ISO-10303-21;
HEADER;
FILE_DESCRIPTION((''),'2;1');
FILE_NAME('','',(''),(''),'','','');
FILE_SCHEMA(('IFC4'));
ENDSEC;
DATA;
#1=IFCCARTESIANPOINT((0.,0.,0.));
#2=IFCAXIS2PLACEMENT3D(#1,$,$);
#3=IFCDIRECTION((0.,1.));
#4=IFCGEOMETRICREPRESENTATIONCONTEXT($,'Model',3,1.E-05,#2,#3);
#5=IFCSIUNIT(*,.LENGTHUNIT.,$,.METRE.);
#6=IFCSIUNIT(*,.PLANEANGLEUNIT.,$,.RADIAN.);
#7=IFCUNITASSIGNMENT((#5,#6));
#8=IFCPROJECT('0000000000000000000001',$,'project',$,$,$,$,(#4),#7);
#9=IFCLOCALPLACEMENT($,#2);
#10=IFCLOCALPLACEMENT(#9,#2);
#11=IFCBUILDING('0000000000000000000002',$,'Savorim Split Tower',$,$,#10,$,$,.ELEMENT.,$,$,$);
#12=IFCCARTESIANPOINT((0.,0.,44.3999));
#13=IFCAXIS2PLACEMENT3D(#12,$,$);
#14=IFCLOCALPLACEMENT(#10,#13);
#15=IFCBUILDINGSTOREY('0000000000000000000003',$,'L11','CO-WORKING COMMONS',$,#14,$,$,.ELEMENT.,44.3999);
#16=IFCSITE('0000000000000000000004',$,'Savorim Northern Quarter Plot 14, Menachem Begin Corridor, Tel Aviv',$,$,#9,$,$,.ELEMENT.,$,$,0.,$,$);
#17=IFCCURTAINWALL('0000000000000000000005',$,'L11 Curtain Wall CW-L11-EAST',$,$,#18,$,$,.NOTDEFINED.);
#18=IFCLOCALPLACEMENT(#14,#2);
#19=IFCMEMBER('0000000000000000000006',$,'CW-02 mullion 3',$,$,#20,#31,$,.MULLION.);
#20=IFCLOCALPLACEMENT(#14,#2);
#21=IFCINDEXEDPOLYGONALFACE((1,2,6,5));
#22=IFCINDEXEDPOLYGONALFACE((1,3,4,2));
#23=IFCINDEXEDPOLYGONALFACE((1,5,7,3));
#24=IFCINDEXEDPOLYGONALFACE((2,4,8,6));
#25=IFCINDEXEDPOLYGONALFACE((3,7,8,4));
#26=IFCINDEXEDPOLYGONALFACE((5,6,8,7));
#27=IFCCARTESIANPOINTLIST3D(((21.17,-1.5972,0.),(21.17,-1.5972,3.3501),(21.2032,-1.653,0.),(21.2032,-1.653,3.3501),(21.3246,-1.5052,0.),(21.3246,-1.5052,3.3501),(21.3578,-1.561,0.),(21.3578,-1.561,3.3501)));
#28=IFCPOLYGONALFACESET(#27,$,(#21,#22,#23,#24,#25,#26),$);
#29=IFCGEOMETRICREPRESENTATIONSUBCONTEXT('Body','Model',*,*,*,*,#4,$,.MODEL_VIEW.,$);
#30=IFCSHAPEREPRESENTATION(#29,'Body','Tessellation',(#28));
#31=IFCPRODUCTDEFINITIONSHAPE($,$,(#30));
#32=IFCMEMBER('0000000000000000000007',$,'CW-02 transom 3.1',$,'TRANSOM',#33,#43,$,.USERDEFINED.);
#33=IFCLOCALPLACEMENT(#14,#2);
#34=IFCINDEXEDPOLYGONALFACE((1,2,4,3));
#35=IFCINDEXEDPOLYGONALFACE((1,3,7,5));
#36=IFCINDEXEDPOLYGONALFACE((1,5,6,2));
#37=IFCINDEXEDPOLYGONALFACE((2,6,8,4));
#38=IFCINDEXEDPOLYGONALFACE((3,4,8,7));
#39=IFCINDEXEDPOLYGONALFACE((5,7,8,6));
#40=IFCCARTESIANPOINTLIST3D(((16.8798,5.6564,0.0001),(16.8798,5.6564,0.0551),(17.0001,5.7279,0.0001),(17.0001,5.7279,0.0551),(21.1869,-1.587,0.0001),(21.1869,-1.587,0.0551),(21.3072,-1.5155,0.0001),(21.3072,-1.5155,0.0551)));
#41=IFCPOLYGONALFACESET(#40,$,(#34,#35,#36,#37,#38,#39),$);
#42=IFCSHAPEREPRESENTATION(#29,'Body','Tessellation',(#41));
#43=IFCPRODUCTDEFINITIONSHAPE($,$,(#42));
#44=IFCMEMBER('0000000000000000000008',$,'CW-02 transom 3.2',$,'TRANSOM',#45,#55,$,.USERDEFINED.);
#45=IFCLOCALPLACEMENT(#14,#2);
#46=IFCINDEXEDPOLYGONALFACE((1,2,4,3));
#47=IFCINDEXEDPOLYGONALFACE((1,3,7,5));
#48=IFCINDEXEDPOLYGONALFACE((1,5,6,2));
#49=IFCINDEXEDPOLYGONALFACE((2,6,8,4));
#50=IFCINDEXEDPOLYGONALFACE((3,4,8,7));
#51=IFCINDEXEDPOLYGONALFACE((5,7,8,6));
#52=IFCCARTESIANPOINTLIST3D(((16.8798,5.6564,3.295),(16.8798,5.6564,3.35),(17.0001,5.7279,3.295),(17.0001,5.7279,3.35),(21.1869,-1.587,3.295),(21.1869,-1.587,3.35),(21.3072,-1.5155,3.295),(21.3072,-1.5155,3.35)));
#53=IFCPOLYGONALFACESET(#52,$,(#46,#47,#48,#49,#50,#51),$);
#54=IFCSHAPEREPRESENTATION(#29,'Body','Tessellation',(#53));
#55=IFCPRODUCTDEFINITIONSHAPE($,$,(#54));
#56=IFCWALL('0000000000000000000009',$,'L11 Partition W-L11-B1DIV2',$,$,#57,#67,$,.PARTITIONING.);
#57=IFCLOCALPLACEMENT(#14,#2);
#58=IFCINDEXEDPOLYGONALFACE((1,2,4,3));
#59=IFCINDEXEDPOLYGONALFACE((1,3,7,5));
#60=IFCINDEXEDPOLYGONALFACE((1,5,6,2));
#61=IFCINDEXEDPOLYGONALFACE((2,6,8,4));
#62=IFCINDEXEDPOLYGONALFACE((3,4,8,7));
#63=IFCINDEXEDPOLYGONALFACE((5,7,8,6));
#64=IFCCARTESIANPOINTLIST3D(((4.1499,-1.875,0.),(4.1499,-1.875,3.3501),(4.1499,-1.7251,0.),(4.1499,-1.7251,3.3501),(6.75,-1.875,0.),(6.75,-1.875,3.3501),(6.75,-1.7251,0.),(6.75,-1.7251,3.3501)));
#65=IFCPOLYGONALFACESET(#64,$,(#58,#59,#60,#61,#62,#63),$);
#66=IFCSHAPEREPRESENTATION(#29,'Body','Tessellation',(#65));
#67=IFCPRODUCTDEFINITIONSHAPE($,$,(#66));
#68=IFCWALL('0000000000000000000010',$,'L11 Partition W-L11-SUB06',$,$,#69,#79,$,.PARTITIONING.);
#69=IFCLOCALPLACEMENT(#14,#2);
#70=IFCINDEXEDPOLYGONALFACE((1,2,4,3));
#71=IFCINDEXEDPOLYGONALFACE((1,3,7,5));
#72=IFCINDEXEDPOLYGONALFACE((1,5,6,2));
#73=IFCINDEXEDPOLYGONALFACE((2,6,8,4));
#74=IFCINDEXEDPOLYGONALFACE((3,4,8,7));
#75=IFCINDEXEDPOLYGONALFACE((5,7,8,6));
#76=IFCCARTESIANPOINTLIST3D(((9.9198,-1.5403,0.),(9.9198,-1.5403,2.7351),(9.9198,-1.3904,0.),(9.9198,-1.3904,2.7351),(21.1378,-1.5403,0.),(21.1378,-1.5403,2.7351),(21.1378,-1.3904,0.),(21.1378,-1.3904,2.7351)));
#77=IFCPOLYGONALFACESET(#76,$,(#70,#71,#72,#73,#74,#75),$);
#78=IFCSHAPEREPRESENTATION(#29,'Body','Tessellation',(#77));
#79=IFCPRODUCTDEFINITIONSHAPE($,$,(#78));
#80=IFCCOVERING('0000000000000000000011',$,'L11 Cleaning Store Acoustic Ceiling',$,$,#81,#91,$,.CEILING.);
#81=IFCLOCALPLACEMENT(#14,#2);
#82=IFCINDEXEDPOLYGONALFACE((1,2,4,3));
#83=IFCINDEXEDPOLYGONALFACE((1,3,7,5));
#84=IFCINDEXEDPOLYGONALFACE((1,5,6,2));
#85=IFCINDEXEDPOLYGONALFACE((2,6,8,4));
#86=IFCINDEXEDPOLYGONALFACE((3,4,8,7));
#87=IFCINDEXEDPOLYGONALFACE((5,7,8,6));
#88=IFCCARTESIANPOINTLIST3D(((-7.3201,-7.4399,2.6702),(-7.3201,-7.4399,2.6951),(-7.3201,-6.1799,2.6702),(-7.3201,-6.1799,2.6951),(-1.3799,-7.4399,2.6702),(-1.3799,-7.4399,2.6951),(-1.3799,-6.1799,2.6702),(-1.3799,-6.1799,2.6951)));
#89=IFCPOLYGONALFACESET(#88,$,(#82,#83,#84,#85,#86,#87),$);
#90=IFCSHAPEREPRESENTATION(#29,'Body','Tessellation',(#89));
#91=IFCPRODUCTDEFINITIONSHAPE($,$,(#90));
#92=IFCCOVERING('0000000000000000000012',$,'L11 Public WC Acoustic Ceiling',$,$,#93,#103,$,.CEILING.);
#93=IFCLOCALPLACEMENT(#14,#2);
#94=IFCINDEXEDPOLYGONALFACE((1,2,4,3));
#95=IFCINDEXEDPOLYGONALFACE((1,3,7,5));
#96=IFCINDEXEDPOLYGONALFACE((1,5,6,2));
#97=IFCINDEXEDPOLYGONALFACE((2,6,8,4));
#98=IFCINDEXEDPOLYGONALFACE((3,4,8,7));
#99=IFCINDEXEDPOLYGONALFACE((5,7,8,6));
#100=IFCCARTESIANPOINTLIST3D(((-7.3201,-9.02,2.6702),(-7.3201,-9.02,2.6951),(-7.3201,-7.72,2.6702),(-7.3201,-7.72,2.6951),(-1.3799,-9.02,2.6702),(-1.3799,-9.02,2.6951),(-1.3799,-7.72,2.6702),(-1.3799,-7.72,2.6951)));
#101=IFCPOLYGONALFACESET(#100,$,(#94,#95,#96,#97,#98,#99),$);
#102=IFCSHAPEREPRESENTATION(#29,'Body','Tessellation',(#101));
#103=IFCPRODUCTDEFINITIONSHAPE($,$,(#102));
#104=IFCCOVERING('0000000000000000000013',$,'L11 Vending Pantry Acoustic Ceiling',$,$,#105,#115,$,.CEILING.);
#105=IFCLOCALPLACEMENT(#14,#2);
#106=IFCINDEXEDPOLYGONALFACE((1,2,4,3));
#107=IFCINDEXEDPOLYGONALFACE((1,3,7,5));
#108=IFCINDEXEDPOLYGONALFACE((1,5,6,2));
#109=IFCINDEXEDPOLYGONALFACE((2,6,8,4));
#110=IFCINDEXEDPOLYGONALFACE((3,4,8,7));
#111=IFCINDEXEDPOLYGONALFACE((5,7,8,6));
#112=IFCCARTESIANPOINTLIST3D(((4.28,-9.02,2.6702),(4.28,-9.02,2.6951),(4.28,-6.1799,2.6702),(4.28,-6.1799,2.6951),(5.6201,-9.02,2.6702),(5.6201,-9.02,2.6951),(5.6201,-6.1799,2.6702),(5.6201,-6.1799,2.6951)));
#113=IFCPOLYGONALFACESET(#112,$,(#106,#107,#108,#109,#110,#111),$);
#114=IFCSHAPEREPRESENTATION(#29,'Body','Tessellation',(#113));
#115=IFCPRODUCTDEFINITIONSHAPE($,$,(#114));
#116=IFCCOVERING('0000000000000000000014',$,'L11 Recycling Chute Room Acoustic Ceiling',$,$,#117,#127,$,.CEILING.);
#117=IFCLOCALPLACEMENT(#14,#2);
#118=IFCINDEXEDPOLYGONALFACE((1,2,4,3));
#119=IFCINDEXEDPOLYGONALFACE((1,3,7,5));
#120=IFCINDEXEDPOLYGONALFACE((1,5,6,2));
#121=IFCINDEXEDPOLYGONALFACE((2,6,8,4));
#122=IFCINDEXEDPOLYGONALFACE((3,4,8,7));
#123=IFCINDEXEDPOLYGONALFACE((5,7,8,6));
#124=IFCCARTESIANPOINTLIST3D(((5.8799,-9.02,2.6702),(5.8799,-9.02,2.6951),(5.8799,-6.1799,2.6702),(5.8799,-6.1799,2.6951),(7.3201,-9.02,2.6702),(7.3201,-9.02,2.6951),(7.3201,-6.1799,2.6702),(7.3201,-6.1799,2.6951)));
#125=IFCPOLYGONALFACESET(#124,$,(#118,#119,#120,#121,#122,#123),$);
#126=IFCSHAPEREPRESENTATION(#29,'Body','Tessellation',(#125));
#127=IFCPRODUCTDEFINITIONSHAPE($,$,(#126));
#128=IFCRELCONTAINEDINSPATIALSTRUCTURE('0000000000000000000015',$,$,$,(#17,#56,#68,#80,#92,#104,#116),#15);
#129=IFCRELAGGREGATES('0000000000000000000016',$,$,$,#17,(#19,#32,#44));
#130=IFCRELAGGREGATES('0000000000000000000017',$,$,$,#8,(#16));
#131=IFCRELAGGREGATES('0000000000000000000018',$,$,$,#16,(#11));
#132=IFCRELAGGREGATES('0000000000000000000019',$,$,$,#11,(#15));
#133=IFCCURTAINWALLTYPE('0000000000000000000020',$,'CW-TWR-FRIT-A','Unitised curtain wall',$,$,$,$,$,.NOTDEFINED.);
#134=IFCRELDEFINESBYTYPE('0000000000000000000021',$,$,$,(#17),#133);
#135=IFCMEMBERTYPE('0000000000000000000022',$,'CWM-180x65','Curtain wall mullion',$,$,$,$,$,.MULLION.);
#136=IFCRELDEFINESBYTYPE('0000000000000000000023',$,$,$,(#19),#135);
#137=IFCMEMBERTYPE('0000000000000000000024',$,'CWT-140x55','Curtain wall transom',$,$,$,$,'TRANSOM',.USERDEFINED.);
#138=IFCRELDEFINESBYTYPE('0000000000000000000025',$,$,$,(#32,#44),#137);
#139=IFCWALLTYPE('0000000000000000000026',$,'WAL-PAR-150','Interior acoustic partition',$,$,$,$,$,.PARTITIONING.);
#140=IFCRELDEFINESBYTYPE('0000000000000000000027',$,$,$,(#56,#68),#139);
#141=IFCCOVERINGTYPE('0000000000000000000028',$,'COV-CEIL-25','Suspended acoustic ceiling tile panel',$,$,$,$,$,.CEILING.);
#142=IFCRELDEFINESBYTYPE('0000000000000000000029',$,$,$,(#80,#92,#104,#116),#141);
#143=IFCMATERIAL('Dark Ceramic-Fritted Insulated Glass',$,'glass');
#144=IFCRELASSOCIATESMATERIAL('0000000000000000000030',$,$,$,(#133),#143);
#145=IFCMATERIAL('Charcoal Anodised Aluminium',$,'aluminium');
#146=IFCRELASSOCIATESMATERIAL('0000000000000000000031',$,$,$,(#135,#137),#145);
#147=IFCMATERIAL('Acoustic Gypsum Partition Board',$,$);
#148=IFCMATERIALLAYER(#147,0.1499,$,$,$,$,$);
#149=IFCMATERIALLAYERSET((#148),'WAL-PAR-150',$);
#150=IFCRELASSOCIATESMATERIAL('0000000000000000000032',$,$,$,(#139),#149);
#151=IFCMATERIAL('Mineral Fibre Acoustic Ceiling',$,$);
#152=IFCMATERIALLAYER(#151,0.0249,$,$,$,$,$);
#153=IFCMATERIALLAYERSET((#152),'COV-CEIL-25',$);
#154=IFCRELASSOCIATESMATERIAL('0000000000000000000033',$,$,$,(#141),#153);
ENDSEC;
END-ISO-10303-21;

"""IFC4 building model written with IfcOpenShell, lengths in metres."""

from ifc_helpers import new_model, si_unit, direction, frame, frame_2d, origin, origin_2d, place, context, subcontext, project, spatial, polyline, rectangle, outline, extrude, material, layer, layer_set, material_profile, profile_set, type_object, element, aggregate, save


model = new_model("IFC4")

# Units and contexts
model_context = context("Model", 3, precision=1e-05, world=origin(), true_north=direction((0.0, 1.0)))
body_context = subcontext(model_context, "Body", "Model", "MODEL_VIEW")
ifc_project = project(units=[si_unit("LENGTHUNIT", "METRE"), si_unit("PLANEANGLEUNIT", "RADIAN")], contexts=[model_context])

# Site, building, storey
site_placement = place(None, origin())
site = spatial("IfcSite", under=ifc_project, at=site_placement, Name="Savorim Northern Quarter Plot 14, Menachem Begin Corridor, Tel Aviv", CompositionType="ELEMENT", RefElevation=0.0)
building_placement = place(site_placement, origin())
building = spatial("IfcBuilding", under=site, at=building_placement, Name="Savorim Split Tower", CompositionType="ELEMENT")
storey_placement = place(building_placement, frame((0.0, 0.0, 44.3999)))
storey = spatial("IfcBuildingStorey", under=building, at=storey_placement, Name="L11", Description="CO-WORKING COMMONS", CompositionType="ELEMENT", Elevation=44.3999)

# Curtain wall, members
ifc_material_1 = material(Name="Dark Ceramic-Fritted Insulated Glass", Category="glass")
curtain_wall_type = type_object("IfcCurtainWallType", Name="CW-TWR-FRIT-A", Description="Unitised curtain wall", PredefinedType="NOTDEFINED", material=ifc_material_1)
curtain_wall_placement = place(storey_placement, origin())
curtain_wall = element("IfcCurtainWall", 1, at=curtain_wall_placement, inside=storey, type_object=curtain_wall_type, Name="L11 Curtain Wall CW-L11-EAST", PredefinedType="NOTDEFINED")
ifc_material_2 = material(Name="Charcoal Anodised Aluminium", Category="aluminium")
ifc_material_profile_1 = material_profile(ifc_material_2, rectangle(XDim=0.1799, YDim=0.0649, at=origin_2d()), Name="ALU-M 180x65")
ifc_profile_set_1 = profile_set([ifc_material_profile_1], Name="Charcoal Anodised Aluminium")
member_type_1 = type_object("IfcMemberType", Name="CWM-180x65", Description="Curtain wall mullion", PredefinedType="MULLION", material=ifc_profile_set_1)
member_1_placement = place(storey_placement, frame((21.2639, -1.5791, 0.0), z_axis=(0.0, 0.0, 1.0), x_axis=(-0.859526, -0.511092, 0.0)))
member_1 = element("IfcMember", 2, at=member_1_placement, type_object=member_type_1, Name="CW-02 mullion 3", PredefinedType="MULLION", context=body_context, shape_type="SweptSolid", body=[
    extrude(rectangle(XDim=0.1799, YDim=0.0649, at=origin_2d()), origin(), (0.0, 0.0, 1.0), 3.3501),
])
ifc_material_profile_2 = material_profile(ifc_material_2, rectangle(XDim=0.1399, YDim=0.0549, at=origin_2d()), Name="ALU-T 140x55")
ifc_profile_set_2 = profile_set([ifc_material_profile_2], Name="Charcoal Anodised Aluminium")
member_type_2 = type_object("IfcMemberType", Name="CWT-140x55", Description="Curtain wall transom", ElementType="TRANSOM", PredefinedType="USERDEFINED", material=ifc_profile_set_2)
member_2_placement = place(storey_placement, frame((21.2471, -1.5513, 0.0276), z_axis=(-0.511096, 0.859524, 0.0), x_axis=(-0.859524, -0.511096, 0.0)))
member_2 = element("IfcMember", 3, at=member_2_placement, type_object=member_type_2, Name="CW-02 transom 3.1", ObjectType="TRANSOM", PredefinedType="USERDEFINED", context=body_context, shape_type="SweptSolid", body=[
    extrude(rectangle(XDim=0.1399, YDim=0.0549, at=origin_2d()), origin(), (0.0, 0.0, 1.0), 8.4272),
])
member_3_placement = place(storey_placement, frame((21.2471, -1.5513, 3.3225), z_axis=(-0.511096, 0.859524, 0.0), x_axis=(-0.859524, -0.511096, 0.0)))
member_3 = element("IfcMember", 4, at=member_3_placement, type_object=member_type_2, Name="CW-02 transom 3.2", ObjectType="TRANSOM", PredefinedType="USERDEFINED", context=body_context, shape_type="SweptSolid", body=[
    extrude(rectangle(XDim=0.1399, YDim=0.0549, at=origin_2d()), origin(), (0.0, 0.0, 1.0), 8.4272),
])
aggregate(curtain_wall, [member_1, member_2, member_3])

# Walls
ifc_material_3 = material(Name="Acoustic Gypsum Partition Board")
ifc_layer_1 = layer(ifc_material_3, 0.1499)
ifc_layer_set_1 = layer_set([ifc_layer_1], Name="WAL-PAR-150")
wall_type = type_object("IfcWallType", Name="WAL-PAR-150", Description="Interior acoustic partition", PredefinedType="PARTITIONING", material=ifc_layer_set_1)
wall_1_placement = place(storey_placement, frame((4.1499, -1.8, 0.0), z_axis=(0.0, 0.0, 1.0), x_axis=(1.0, 0.0, 0.0)))
element("IfcWall", 5, at=wall_1_placement, inside=storey, type_object=wall_type, Name="L11 Partition W-L11-B1DIV2", PredefinedType="PARTITIONING", context=body_context, shape_type="SweptSolid", body=[
    extrude(rectangle(XDim=2.6001, YDim=0.1499, at=frame_2d((1.3, 0.0))), origin(), (0.0, 0.0, 1.0), 3.3501),
])
wall_2_placement = place(storey_placement, frame((9.9199, -1.4653, 0.0), z_axis=(0.0, 0.0, 1.0), x_axis=(1.0, 0.0, 0.0)))
element("IfcWall", 6, at=wall_2_placement, inside=storey, type_object=wall_type, Name="L11 Partition W-L11-SUB06", PredefinedType="PARTITIONING", context=body_context, shape_type="SweptSolid", body=[
    extrude(rectangle(XDim=11.218, YDim=0.1499, at=frame_2d((5.6089, 0.0))), origin(), (0.0, 0.0, 1.0), 2.7351),
])

# Coverings
ifc_material_4 = material(Name="Mineral Fibre Acoustic Ceiling")
ifc_layer_2 = layer(ifc_material_4, 0.0249)
ifc_layer_set_2 = layer_set([ifc_layer_2], Name="COV-CEIL-25")
covering_type_1 = type_object("IfcCoveringType", Name="COV-CEIL-25", Description="Suspended acoustic ceiling tile panel", PredefinedType="CEILING", material=ifc_layer_set_2)
covering_1_placement = place(storey_placement, frame((0.0, 0.0, 2.6702)))
element("IfcCovering", 7, at=covering_1_placement, inside=storey, type_object=covering_type_1, Name="L11 Cleaning Store Acoustic Ceiling", PredefinedType="CEILING", context=body_context, shape_type="SweptSolid", body=[
    extrude(outline(polyline([(-7.3201, -6.1799), (-7.3201, -7.4399), (-1.3799, -7.4399), (-1.3799, -6.1799), (-7.3201, -6.1799)])), origin(), (0.0, 0.0, 1.0), 0.0249),
])
covering_2_placement = place(storey_placement, frame((0.0, 0.0, 2.6702)))
element("IfcCovering", 8, at=covering_2_placement, inside=storey, type_object=covering_type_1, Name="L11 Public WC Acoustic Ceiling", PredefinedType="CEILING", context=body_context, shape_type="SweptSolid", body=[
    extrude(outline(polyline([(-7.3201, -7.72), (-7.3201, -9.02), (-1.3799, -9.02), (-1.3799, -7.72), (-7.3201, -7.72)])), origin(), (0.0, 0.0, 1.0), 0.0249),
])
covering_3_placement = place(storey_placement, frame((0.0, 0.0, 2.6702)))
element("IfcCovering", 9, at=covering_3_placement, inside=storey, type_object=covering_type_1, Name="L11 Vending Pantry Acoustic Ceiling", PredefinedType="CEILING", context=body_context, shape_type="SweptSolid", body=[
    extrude(outline(polyline([(4.28, -6.1799), (4.28, -9.02), (5.6201, -9.02), (5.6201, -6.1799), (4.28, -6.1799)])), origin(), (0.0, 0.0, 1.0), 0.0249),
])
covering_4_placement = place(storey_placement, frame((0.0, 0.0, 2.6702)))
element("IfcCovering", 10, at=covering_4_placement, inside=storey, type_object=covering_type_1, Name="L11 Recycling Chute Room Acoustic Ceiling", PredefinedType="CEILING", context=body_context, shape_type="SweptSolid", body=[
    extrude(outline(polyline([(5.8799, -6.1799), (5.8799, -9.02), (7.3201, -9.02), (7.3201, -6.1799), (5.8799, -6.1799)])), origin(), (0.0, 0.0, 1.0), 0.0249),
])

save(model, "model.ifc")
